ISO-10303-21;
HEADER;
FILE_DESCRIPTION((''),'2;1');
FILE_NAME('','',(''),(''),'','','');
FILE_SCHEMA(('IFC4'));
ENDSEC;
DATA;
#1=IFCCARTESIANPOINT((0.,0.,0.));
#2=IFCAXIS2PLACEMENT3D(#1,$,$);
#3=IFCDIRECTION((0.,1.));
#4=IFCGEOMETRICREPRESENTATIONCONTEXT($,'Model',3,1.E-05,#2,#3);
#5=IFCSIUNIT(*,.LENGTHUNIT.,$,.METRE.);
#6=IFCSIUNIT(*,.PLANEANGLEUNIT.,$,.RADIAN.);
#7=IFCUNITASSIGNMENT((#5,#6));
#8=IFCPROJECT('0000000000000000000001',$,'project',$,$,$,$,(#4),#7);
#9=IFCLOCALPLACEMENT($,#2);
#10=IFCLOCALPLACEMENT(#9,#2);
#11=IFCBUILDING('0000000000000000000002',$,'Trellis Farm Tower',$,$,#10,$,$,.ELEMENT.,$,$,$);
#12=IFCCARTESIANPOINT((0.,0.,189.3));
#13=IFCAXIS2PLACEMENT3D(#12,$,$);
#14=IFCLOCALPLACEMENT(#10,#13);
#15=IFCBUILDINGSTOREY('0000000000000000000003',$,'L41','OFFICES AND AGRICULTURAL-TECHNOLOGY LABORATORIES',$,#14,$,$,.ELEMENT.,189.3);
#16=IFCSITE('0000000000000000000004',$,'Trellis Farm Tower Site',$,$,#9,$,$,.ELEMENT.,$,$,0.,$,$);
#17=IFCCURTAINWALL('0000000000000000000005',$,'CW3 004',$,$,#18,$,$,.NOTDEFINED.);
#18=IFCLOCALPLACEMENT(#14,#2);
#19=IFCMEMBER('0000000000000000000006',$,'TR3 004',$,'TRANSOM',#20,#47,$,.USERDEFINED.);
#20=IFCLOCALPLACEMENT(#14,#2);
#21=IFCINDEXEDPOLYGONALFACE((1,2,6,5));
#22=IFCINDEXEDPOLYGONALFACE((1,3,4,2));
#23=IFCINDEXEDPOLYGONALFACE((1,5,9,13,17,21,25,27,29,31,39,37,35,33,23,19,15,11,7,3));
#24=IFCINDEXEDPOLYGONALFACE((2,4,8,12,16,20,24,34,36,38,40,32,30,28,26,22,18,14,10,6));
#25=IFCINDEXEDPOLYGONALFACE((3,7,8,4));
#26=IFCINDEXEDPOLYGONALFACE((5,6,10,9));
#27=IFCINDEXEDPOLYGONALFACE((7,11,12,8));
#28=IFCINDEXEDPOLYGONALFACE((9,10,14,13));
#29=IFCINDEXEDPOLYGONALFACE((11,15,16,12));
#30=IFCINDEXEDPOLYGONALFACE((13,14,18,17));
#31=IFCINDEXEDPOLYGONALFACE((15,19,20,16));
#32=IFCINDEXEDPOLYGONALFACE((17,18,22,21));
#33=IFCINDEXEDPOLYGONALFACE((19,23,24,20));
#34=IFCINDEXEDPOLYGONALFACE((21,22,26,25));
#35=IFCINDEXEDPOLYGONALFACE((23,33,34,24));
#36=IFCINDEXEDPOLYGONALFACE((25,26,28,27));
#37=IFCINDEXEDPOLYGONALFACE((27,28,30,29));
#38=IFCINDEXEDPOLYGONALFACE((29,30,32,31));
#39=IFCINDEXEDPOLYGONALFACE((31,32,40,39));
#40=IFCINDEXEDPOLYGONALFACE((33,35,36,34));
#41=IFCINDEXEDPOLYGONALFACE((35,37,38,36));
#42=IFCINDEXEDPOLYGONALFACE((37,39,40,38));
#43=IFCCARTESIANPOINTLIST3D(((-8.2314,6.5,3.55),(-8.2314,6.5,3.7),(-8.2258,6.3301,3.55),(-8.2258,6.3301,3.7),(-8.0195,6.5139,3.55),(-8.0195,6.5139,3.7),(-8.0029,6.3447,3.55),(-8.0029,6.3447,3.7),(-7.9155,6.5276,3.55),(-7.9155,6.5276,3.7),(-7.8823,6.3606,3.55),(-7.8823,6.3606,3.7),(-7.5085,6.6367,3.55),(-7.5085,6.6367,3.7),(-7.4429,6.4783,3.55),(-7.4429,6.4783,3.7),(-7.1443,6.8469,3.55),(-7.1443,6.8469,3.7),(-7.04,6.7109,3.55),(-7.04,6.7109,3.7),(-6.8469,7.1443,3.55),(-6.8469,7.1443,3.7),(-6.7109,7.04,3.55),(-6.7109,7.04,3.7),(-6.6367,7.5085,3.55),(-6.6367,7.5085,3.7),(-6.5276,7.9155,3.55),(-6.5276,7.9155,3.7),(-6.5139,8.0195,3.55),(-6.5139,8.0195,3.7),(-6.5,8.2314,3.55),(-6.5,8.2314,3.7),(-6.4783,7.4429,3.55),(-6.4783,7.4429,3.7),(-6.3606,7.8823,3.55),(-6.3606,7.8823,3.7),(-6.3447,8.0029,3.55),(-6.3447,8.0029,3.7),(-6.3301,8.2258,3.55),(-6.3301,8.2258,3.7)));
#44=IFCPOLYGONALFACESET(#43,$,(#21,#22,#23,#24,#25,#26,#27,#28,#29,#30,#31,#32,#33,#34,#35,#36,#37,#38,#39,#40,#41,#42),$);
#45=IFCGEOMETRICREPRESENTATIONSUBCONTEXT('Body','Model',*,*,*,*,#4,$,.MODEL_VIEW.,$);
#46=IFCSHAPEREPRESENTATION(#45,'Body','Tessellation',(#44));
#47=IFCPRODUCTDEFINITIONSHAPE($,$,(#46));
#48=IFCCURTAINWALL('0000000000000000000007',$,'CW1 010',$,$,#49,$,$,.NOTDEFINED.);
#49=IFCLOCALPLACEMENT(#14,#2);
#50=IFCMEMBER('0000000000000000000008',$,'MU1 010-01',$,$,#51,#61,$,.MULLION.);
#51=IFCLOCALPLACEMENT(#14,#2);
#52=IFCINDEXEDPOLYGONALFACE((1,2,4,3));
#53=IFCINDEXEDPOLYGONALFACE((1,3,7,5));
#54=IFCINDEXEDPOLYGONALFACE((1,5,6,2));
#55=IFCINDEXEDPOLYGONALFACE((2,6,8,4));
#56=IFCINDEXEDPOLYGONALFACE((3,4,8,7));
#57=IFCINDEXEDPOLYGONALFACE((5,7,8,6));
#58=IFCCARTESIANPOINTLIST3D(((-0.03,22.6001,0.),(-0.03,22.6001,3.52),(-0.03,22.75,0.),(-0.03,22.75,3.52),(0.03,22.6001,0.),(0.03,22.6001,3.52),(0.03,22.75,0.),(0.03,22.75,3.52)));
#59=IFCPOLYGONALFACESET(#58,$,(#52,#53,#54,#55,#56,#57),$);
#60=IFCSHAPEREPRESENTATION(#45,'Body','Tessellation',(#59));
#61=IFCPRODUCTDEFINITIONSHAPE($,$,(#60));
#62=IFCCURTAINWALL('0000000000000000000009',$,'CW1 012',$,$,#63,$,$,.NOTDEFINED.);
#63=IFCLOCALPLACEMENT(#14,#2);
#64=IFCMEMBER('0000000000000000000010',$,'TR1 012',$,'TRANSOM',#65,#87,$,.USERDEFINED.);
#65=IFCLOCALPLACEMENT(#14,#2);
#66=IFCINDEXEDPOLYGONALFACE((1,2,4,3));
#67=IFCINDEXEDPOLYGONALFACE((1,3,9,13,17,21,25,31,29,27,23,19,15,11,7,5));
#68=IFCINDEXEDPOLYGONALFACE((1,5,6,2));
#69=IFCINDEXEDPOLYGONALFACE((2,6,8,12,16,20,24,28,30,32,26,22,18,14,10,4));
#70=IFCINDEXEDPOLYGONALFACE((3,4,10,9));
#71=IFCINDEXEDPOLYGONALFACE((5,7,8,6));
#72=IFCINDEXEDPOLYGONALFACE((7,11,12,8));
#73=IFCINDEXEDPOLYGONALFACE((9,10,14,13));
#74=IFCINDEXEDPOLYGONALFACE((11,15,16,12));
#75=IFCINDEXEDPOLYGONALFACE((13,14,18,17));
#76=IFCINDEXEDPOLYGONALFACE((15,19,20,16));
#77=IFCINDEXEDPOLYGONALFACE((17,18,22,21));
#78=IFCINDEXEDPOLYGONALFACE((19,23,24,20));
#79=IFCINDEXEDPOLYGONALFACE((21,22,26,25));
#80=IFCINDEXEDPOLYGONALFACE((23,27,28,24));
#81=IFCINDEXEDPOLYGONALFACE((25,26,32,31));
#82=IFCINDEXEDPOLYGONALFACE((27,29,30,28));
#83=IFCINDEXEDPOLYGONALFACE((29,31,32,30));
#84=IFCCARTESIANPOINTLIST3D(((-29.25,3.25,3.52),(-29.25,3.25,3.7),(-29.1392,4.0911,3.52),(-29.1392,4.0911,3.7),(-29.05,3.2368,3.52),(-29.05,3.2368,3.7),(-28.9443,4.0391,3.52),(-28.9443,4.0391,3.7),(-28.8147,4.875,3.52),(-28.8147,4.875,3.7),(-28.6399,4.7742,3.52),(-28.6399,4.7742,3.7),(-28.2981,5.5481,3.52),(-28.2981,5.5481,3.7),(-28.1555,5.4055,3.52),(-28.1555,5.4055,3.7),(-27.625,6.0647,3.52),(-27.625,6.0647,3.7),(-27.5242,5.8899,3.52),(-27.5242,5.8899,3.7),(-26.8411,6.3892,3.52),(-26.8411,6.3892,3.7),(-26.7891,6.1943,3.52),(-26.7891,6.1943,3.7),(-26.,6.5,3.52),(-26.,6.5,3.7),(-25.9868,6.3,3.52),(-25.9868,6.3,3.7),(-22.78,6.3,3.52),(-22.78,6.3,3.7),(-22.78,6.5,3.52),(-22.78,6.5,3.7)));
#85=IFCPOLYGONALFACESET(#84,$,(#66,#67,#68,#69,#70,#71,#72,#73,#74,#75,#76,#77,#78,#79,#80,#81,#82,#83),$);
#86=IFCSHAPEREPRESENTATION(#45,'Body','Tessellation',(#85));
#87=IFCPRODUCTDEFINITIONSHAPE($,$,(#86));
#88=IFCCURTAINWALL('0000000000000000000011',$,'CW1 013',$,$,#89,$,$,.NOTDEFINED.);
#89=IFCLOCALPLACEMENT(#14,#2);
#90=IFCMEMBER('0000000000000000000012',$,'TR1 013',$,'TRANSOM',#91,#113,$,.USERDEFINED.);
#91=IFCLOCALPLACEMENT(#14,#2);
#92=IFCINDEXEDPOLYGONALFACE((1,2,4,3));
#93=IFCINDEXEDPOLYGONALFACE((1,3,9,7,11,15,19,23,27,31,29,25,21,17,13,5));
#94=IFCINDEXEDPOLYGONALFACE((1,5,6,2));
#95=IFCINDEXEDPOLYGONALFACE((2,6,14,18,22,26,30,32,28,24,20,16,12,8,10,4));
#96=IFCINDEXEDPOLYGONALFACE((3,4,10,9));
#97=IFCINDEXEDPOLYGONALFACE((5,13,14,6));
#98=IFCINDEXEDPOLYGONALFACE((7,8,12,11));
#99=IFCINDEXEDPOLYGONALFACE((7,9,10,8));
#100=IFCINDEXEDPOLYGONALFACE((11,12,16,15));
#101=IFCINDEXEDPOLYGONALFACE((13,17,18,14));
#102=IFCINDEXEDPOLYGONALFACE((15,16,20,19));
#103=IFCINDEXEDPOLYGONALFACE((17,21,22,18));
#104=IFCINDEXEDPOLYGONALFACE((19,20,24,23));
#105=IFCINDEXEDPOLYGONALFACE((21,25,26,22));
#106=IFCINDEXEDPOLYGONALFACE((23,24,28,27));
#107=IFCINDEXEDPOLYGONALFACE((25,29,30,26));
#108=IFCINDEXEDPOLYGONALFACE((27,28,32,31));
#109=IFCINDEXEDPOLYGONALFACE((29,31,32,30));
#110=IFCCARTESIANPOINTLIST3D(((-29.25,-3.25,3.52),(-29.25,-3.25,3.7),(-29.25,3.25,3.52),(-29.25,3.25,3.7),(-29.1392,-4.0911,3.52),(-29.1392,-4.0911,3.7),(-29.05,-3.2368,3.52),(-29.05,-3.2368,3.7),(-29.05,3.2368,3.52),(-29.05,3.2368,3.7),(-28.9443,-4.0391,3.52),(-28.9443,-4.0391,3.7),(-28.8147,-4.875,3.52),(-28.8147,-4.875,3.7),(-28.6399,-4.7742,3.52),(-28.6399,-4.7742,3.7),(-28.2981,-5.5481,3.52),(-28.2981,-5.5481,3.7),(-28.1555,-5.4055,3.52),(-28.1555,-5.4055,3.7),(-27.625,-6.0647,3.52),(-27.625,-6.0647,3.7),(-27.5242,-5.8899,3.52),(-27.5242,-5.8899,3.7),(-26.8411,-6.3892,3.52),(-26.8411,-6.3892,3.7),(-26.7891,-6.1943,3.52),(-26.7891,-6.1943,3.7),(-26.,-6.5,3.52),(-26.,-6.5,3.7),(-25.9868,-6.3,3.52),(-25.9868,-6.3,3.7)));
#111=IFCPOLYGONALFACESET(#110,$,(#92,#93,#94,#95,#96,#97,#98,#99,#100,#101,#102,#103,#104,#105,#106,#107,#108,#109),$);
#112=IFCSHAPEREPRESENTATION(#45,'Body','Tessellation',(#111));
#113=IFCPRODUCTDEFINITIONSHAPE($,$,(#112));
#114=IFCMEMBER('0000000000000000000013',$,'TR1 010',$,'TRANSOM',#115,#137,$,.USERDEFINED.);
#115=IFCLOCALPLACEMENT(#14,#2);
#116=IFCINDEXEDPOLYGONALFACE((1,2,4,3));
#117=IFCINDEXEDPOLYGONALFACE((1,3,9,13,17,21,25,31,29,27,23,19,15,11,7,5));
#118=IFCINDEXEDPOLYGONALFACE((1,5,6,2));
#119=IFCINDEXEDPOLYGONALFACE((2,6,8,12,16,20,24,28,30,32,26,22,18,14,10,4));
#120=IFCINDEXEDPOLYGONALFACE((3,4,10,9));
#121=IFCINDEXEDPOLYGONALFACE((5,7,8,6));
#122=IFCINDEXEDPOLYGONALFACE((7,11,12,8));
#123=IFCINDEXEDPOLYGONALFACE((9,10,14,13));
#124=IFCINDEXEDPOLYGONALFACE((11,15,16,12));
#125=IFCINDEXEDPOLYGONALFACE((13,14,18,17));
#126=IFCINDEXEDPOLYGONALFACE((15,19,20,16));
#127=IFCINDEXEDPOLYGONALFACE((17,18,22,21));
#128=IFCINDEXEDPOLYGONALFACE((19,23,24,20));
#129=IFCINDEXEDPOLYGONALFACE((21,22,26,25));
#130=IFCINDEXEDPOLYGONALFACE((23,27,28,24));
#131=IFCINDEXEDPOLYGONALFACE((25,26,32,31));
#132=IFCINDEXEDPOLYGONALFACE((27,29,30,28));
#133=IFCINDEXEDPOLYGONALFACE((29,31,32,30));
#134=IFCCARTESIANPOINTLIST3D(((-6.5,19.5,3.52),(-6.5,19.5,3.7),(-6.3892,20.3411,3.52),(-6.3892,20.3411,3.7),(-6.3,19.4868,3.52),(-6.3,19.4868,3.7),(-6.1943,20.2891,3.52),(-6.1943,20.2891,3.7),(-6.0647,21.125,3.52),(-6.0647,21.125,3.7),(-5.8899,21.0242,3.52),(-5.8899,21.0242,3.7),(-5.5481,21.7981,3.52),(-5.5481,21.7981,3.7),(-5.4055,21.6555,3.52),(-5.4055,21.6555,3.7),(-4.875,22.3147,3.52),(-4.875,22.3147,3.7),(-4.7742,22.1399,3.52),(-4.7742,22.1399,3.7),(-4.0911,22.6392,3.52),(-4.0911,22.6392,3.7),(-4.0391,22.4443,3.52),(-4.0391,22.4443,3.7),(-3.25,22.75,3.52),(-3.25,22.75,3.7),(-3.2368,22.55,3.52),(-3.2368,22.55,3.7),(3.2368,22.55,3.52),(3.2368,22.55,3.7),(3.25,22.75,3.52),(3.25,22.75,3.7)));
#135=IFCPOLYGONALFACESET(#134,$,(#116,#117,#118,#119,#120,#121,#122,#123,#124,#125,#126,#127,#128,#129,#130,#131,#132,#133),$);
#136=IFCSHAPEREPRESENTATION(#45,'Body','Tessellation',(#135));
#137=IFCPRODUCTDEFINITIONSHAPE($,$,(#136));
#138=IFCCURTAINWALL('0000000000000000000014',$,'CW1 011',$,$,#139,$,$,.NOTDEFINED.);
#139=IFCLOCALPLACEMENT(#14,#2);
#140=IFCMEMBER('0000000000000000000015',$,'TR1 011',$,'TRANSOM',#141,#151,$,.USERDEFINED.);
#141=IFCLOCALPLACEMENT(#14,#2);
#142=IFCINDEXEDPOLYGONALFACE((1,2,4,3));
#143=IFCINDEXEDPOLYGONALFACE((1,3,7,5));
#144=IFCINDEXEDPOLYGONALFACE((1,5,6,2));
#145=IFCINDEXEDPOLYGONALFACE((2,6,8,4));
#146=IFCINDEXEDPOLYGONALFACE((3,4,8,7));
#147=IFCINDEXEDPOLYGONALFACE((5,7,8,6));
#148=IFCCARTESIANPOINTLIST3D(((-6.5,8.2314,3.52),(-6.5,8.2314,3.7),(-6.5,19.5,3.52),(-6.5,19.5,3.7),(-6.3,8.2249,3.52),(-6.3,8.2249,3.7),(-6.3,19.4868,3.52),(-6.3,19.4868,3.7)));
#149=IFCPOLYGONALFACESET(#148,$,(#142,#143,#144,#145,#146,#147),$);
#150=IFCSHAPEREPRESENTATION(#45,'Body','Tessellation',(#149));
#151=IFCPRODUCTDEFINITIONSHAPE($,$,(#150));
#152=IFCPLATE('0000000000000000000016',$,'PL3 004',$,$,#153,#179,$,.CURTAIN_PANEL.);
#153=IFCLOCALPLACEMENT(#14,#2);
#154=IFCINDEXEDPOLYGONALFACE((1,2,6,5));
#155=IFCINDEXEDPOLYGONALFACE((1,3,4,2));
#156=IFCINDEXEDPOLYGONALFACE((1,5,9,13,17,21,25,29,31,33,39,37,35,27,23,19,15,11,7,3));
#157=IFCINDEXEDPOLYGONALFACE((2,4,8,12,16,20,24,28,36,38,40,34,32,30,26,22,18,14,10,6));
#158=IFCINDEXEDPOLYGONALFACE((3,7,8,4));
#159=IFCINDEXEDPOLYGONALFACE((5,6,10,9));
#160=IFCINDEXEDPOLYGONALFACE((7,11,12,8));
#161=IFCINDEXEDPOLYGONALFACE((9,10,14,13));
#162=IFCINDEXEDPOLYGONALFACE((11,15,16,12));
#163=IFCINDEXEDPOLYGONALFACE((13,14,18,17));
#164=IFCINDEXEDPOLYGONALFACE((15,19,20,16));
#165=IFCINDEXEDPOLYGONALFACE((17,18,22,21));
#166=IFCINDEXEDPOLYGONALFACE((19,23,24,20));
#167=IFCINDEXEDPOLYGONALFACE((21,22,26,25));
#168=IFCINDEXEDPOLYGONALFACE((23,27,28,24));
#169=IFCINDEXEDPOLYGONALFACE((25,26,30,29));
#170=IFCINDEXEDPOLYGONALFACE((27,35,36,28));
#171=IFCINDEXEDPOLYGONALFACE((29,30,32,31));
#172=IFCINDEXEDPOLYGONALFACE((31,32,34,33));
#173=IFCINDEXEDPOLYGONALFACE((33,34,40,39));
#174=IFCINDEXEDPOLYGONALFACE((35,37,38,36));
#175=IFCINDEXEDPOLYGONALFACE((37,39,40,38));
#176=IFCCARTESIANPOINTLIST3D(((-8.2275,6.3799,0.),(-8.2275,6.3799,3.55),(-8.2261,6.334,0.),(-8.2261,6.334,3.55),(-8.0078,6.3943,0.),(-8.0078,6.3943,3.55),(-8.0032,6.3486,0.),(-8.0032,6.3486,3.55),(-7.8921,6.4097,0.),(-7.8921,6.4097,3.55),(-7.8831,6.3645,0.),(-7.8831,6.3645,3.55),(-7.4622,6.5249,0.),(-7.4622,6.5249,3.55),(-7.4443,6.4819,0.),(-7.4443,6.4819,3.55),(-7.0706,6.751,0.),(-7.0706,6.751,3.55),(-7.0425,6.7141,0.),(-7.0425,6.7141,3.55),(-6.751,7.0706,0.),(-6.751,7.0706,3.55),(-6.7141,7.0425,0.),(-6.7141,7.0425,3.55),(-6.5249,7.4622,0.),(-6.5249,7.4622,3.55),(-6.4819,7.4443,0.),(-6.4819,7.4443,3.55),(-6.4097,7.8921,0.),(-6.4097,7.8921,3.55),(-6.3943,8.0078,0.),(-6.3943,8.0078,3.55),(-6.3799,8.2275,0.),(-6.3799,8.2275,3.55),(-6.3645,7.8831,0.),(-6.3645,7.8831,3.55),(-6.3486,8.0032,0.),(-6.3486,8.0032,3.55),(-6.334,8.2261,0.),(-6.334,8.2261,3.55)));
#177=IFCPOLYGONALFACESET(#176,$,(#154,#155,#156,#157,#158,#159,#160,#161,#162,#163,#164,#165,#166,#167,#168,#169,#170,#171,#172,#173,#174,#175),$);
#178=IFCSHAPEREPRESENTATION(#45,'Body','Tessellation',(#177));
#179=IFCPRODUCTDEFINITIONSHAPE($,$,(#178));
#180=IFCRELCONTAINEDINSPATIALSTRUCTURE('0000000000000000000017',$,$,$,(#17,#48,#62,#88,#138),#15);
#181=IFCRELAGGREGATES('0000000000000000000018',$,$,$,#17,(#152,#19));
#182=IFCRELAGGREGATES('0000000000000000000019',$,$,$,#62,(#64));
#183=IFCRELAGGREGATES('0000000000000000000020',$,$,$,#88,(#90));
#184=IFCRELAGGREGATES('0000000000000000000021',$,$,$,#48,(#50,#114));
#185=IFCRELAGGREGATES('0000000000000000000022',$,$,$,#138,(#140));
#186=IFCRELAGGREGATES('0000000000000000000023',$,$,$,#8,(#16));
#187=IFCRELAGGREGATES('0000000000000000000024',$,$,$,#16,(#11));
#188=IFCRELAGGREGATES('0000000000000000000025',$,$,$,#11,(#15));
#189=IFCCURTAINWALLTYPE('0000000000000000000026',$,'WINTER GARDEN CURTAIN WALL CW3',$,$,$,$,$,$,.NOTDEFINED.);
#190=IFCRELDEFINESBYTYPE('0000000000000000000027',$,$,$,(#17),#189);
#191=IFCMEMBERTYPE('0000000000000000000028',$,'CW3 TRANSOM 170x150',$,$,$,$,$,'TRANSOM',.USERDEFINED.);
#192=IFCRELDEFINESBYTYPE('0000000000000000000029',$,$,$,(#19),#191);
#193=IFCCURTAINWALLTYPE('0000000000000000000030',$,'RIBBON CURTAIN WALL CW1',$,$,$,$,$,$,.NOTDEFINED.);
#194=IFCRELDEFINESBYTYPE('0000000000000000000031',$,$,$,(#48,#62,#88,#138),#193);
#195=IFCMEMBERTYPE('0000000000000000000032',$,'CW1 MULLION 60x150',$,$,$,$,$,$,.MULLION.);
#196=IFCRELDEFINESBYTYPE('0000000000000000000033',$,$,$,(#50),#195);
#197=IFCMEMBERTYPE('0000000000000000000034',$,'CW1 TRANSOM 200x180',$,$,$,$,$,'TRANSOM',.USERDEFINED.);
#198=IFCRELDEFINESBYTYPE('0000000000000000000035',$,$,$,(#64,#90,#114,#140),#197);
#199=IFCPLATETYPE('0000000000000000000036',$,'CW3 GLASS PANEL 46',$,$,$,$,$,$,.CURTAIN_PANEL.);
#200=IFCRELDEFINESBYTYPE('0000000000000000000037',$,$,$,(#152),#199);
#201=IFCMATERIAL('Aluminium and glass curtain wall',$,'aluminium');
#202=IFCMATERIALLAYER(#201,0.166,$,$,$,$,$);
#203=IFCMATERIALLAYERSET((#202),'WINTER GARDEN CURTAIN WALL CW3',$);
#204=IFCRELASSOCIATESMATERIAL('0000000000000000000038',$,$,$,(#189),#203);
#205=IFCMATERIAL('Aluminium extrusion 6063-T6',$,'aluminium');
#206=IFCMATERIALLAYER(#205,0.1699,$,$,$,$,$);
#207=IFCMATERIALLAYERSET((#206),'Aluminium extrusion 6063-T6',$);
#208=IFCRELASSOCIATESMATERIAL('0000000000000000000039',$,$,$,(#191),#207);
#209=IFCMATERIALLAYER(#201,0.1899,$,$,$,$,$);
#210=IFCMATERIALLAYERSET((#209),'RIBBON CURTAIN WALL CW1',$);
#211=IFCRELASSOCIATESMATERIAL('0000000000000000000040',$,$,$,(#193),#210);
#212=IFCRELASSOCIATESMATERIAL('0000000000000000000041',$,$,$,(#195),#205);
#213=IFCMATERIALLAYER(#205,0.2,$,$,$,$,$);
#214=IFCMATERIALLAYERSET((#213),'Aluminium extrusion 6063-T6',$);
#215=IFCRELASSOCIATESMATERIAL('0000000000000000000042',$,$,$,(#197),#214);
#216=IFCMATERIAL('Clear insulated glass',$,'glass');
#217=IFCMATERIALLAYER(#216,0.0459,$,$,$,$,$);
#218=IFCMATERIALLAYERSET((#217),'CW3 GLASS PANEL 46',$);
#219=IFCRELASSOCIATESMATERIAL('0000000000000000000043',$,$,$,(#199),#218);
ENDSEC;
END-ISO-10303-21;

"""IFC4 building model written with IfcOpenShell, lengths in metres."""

from ifc_helpers import new_model, si_unit, direction, frame, origin, origin_2d, place, context, subcontext, project, spatial, polyline, rectangle, outline, extrude, source, transform, mapped, material, layer, layer_set, material_profile, profile_set, type_object, element, aggregate, save


model = new_model("IFC4")

# Units and contexts
model_context = context("Model", 3, precision=1e-05, world=origin(), true_north=direction((0.0, 1.0)))
body_context = subcontext(model_context, "Body", "Model", "MODEL_VIEW")
ifc_project = project(units=[si_unit("LENGTHUNIT", "METRE"), si_unit("PLANEANGLEUNIT", "RADIAN")], contexts=[model_context])

# Site, building, storey
site_placement = place(None, origin())
site = spatial("IfcSite", under=ifc_project, at=site_placement, Name="Trellis Farm Tower Site", CompositionType="ELEMENT", RefElevation=0.0)
building_placement = place(site_placement, origin())
building = spatial("IfcBuilding", under=site, at=building_placement, Name="Trellis Farm Tower", CompositionType="ELEMENT")
storey_placement = place(building_placement, frame((0.0, 0.0, 189.3)))
storey = spatial("IfcBuildingStorey", under=building, at=storey_placement, Name="L41", Description="OFFICES AND AGRICULTURAL-TECHNOLOGY LABORATORIES", CompositionType="ELEMENT", Elevation=189.3)

# Curtain walls, members
ifc_material_1 = material(Name="Aluminium and glass curtain wall", Category="aluminium")
ifc_layer_1 = layer(ifc_material_1, 0.166)
ifc_layer_set_1 = layer_set([ifc_layer_1], Name="WINTER GARDEN CURTAIN WALL CW3")
curtain_wall_type_1 = type_object("IfcCurtainWallType", Name="WINTER GARDEN CURTAIN WALL CW3", PredefinedType="NOTDEFINED", material=ifc_layer_set_1)
placement_1 = place(storey_placement, origin())
curtain_wall_1 = element("IfcCurtainWall", 1, at=placement_1, inside=storey, type_object=curtain_wall_type_1, Name="CW3 004", PredefinedType="NOTDEFINED")
ifc_material_2 = material(Name="Aluminium extrusion 6063-T6", Category="aluminium")
ifc_layer_2 = layer(ifc_material_2, 0.1699)
ifc_layer_set_2 = layer_set([ifc_layer_2], Name="Aluminium extrusion 6063-T6")
member_type_1 = type_object("IfcMemberType", Name="CW3 TRANSOM 170x150", ElementType="TRANSOM", PredefinedType="USERDEFINED", material=ifc_layer_set_2)
shared_shape_1 = source(origin(), body_context, "Body", "SweptSolid", [
    extrude(outline(polyline([(-6.5, 8.2314), (-6.5139, 8.0195), (-6.5276, 7.9155), (-6.6367, 7.5085), (-6.8469, 7.1443), (-7.1443, 6.8469), (-7.5085, 6.6367), (-7.9155, 6.5276), (-8.0195, 6.5139), (-8.2314, 6.5), (-8.2258, 6.3301), (-8.0029, 6.3447), (-7.8823, 6.3606), (-7.4429, 6.4783), (-7.04, 6.7109), (-6.7109, 7.04), (-6.4783, 7.4429), (-6.3606, 7.8823), (-6.3447, 8.0029), (-6.3301, 8.2258), (-6.5, 8.2314)])), origin(), (0.0, 0.0, 1.0), 0.1499),
])
member_1_placement = place(storey_placement, frame((0.0, 0.0, 3.55)))
member_1 = element("IfcMember", 2, at=member_1_placement, type_object=member_type_1, Name="TR3 004", ObjectType="TRANSOM", PredefinedType="USERDEFINED", context=body_context, shape_type="MappedRepresentation", body=[
    mapped(shared_shape_1, transform((0.0, 0.0, 0.0))),
])
ifc_layer_3 = layer(ifc_material_1, 0.1899)
ifc_layer_set_3 = layer_set([ifc_layer_3], Name="RIBBON CURTAIN WALL CW1")
curtain_wall_type_2 = type_object("IfcCurtainWallType", Name="RIBBON CURTAIN WALL CW1", PredefinedType="NOTDEFINED", material=ifc_layer_set_3)
curtain_wall_2 = element("IfcCurtainWall", 3, at=placement_1, inside=storey, type_object=curtain_wall_type_2, Name="CW1 010", PredefinedType="NOTDEFINED")
ifc_material_profile = material_profile(ifc_material_2, rectangle(XDim=0.0601, YDim=0.1499, at=origin_2d()), Name="MULLION 60x150")
ifc_profile_set = profile_set([ifc_material_profile], Name="Aluminium extrusion 6063-T6")
member_type_2 = type_object("IfcMemberType", Name="CW1 MULLION 60x150", PredefinedType="MULLION", material=ifc_profile_set)
shared_shape_2 = source(origin(), body_context, "Body", "SweptSolid", [
    extrude(rectangle(XDim=0.0601, YDim=0.1499, at=origin_2d()), origin(), (0.0, 0.0, 1.0), 3.52),
])
member_2_placement = place(storey_placement, frame((0.0, 22.675, 0.0), z_axis=(0.0, 0.0, 1.0), x_axis=(-1.0, 0.0, 0.0)))
member_2 = element("IfcMember", 4, at=member_2_placement, type_object=member_type_2, Name="MU1 010-01", PredefinedType="MULLION", context=body_context, shape_type="MappedRepresentation", body=[
    mapped(shared_shape_2, transform((0.0, 0.0, 0.0))),
])
curtain_wall_3 = element("IfcCurtainWall", 5, at=placement_1, inside=storey, type_object=curtain_wall_type_2, Name="CW1 012", PredefinedType="NOTDEFINED")
ifc_layer_4 = layer(ifc_material_2, 0.2)
ifc_layer_set_4 = layer_set([ifc_layer_4], Name="Aluminium extrusion 6063-T6")
member_type_3 = type_object("IfcMemberType", Name="CW1 TRANSOM 200x180", ElementType="TRANSOM", PredefinedType="USERDEFINED", material=ifc_layer_set_4)
shared_shape_3 = source(origin(), body_context, "Body", "SweptSolid", [
    extrude(outline(polyline([(-22.78, 6.5), (-26.0, 6.5), (-26.8411, 6.3892), (-27.625, 6.0647), (-28.2981, 5.5481), (-28.8147, 4.875), (-29.1392, 4.0911), (-29.25, 3.25), (-29.05, 3.2368), (-28.9443, 4.0391), (-28.6399, 4.7742), (-28.1555, 5.4055), (-27.5242, 5.8899), (-26.7891, 6.1943), (-25.9868, 6.3), (-22.78, 6.3), (-22.78, 6.5)])), origin(), (0.0, 0.0, 1.0), 0.1799),
])
placement_2 = place(storey_placement, frame((0.0, 0.0, 3.52)))
member_3 = element("IfcMember", 6, at=placement_2, type_object=member_type_3, Name="TR1 012", ObjectType="TRANSOM", PredefinedType="USERDEFINED", context=body_context, shape_type="MappedRepresentation", body=[
    mapped(shared_shape_3, transform((0.0, 0.0, 0.0))),
])
curtain_wall_4 = element("IfcCurtainWall", 7, at=placement_1, inside=storey, type_object=curtain_wall_type_2, Name="CW1 013", PredefinedType="NOTDEFINED")
shared_shape_4 = source(origin(), body_context, "Body", "SweptSolid", [
    extrude(outline(polyline([(-29.25, 3.25), (-29.25, -3.25), (-29.1392, -4.0911), (-28.8147, -4.875), (-28.2981, -5.5481), (-27.625, -6.0647), (-26.8411, -6.3892), (-26.0, -6.5), (-25.9868, -6.3), (-26.7891, -6.1943), (-27.5242, -5.8899), (-28.1555, -5.4055), (-28.6399, -4.7742), (-28.9443, -4.0391), (-29.05, -3.2368), (-29.05, 3.2368), (-29.25, 3.25)])), origin(), (0.0, 0.0, 1.0), 0.1799),
])
member_4 = element("IfcMember", 8, at=placement_2, type_object=member_type_3, Name="TR1 013", ObjectType="TRANSOM", PredefinedType="USERDEFINED", context=body_context, shape_type="MappedRepresentation", body=[
    mapped(shared_shape_4, transform((0.0, 0.0, 0.0))),
])

# Member
shared_shape_5 = source(origin(), body_context, "Body", "SweptSolid", [
    extrude(outline(polyline([(3.25, 22.75), (-3.25, 22.75), (-4.0911, 22.6392), (-4.875, 22.3147), (-5.5481, 21.7981), (-6.0647, 21.125), (-6.3892, 20.3411), (-6.5, 19.5), (-6.3, 19.4868), (-6.1943, 20.2891), (-5.8899, 21.0242), (-5.4055, 21.6555), (-4.7742, 22.1399), (-4.0391, 22.4443), (-3.2368, 22.55), (3.2368, 22.55), (3.25, 22.75)])), origin(), (0.0, 0.0, 1.0), 0.1799),
])
member_5 = element("IfcMember", 9, at=placement_2, type_object=member_type_3, Name="TR1 010", ObjectType="TRANSOM", PredefinedType="USERDEFINED", context=body_context, shape_type="MappedRepresentation", body=[
    mapped(shared_shape_5, transform((0.0, 0.0, 0.0))),
])

# Curtain wall, member
curtain_wall_5 = element("IfcCurtainWall", 10, at=placement_1, inside=storey, type_object=curtain_wall_type_2, Name="CW1 011", PredefinedType="NOTDEFINED")
shared_shape_6 = source(origin(), body_context, "Body", "SweptSolid", [
    extrude(outline(polyline([(-6.5, 19.5), (-6.5, 8.2314), (-6.3, 8.2249), (-6.3, 19.4868), (-6.5, 19.5)])), origin(), (0.0, 0.0, 1.0), 0.1799),
])
member_6 = element("IfcMember", 11, at=placement_2, type_object=member_type_3, Name="TR1 011", ObjectType="TRANSOM", PredefinedType="USERDEFINED", context=body_context, shape_type="MappedRepresentation", body=[
    mapped(shared_shape_6, transform((0.0, 0.0, 0.0))),
])

# Plate
ifc_material_3 = material(Name="Clear insulated glass", Category="glass")
ifc_layer_5 = layer(ifc_material_3, 0.0459)
ifc_layer_set_5 = layer_set([ifc_layer_5], Name="CW3 GLASS PANEL 46")
plate_type_1 = type_object("IfcPlateType", Name="CW3 GLASS PANEL 46", PredefinedType="CURTAIN_PANEL", material=ifc_layer_set_5)
shared_shape_7 = source(origin(), body_context, "Body", "SweptSolid", [
    extrude(outline(polyline([(-6.3799, 8.2275), (-6.3943, 8.0078), (-6.4097, 7.8921), (-6.5249, 7.4622), (-6.751, 7.0706), (-7.0706, 6.751), (-7.4622, 6.5249), (-7.8921, 6.4097), (-8.0078, 6.3943), (-8.2275, 6.3799), (-8.2261, 6.334), (-8.0032, 6.3486), (-7.8831, 6.3645), (-7.4443, 6.4819), (-7.0425, 6.7141), (-6.7141, 7.0425), (-6.4819, 7.4443), (-6.3645, 7.8831), (-6.3486, 8.0032), (-6.334, 8.2261), (-6.3799, 8.2275)])), origin(), (0.0, 0.0, 1.0), 3.55),
])
plate_1 = element("IfcPlate", 12, at=placement_1, type_object=plate_type_1, Name="PL3 004", PredefinedType="CURTAIN_PANEL", context=body_context, shape_type="MappedRepresentation", body=[
    mapped(shared_shape_7, transform((0.0, 0.0, 0.0))),
])
aggregate(curtain_wall_1, [plate_1, member_1])
aggregate(curtain_wall_3, [member_3])
aggregate(curtain_wall_4, [member_4])
aggregate(curtain_wall_2, [member_2, member_5])
aggregate(curtain_wall_5, [member_6])

save(model, "model.ifc")
